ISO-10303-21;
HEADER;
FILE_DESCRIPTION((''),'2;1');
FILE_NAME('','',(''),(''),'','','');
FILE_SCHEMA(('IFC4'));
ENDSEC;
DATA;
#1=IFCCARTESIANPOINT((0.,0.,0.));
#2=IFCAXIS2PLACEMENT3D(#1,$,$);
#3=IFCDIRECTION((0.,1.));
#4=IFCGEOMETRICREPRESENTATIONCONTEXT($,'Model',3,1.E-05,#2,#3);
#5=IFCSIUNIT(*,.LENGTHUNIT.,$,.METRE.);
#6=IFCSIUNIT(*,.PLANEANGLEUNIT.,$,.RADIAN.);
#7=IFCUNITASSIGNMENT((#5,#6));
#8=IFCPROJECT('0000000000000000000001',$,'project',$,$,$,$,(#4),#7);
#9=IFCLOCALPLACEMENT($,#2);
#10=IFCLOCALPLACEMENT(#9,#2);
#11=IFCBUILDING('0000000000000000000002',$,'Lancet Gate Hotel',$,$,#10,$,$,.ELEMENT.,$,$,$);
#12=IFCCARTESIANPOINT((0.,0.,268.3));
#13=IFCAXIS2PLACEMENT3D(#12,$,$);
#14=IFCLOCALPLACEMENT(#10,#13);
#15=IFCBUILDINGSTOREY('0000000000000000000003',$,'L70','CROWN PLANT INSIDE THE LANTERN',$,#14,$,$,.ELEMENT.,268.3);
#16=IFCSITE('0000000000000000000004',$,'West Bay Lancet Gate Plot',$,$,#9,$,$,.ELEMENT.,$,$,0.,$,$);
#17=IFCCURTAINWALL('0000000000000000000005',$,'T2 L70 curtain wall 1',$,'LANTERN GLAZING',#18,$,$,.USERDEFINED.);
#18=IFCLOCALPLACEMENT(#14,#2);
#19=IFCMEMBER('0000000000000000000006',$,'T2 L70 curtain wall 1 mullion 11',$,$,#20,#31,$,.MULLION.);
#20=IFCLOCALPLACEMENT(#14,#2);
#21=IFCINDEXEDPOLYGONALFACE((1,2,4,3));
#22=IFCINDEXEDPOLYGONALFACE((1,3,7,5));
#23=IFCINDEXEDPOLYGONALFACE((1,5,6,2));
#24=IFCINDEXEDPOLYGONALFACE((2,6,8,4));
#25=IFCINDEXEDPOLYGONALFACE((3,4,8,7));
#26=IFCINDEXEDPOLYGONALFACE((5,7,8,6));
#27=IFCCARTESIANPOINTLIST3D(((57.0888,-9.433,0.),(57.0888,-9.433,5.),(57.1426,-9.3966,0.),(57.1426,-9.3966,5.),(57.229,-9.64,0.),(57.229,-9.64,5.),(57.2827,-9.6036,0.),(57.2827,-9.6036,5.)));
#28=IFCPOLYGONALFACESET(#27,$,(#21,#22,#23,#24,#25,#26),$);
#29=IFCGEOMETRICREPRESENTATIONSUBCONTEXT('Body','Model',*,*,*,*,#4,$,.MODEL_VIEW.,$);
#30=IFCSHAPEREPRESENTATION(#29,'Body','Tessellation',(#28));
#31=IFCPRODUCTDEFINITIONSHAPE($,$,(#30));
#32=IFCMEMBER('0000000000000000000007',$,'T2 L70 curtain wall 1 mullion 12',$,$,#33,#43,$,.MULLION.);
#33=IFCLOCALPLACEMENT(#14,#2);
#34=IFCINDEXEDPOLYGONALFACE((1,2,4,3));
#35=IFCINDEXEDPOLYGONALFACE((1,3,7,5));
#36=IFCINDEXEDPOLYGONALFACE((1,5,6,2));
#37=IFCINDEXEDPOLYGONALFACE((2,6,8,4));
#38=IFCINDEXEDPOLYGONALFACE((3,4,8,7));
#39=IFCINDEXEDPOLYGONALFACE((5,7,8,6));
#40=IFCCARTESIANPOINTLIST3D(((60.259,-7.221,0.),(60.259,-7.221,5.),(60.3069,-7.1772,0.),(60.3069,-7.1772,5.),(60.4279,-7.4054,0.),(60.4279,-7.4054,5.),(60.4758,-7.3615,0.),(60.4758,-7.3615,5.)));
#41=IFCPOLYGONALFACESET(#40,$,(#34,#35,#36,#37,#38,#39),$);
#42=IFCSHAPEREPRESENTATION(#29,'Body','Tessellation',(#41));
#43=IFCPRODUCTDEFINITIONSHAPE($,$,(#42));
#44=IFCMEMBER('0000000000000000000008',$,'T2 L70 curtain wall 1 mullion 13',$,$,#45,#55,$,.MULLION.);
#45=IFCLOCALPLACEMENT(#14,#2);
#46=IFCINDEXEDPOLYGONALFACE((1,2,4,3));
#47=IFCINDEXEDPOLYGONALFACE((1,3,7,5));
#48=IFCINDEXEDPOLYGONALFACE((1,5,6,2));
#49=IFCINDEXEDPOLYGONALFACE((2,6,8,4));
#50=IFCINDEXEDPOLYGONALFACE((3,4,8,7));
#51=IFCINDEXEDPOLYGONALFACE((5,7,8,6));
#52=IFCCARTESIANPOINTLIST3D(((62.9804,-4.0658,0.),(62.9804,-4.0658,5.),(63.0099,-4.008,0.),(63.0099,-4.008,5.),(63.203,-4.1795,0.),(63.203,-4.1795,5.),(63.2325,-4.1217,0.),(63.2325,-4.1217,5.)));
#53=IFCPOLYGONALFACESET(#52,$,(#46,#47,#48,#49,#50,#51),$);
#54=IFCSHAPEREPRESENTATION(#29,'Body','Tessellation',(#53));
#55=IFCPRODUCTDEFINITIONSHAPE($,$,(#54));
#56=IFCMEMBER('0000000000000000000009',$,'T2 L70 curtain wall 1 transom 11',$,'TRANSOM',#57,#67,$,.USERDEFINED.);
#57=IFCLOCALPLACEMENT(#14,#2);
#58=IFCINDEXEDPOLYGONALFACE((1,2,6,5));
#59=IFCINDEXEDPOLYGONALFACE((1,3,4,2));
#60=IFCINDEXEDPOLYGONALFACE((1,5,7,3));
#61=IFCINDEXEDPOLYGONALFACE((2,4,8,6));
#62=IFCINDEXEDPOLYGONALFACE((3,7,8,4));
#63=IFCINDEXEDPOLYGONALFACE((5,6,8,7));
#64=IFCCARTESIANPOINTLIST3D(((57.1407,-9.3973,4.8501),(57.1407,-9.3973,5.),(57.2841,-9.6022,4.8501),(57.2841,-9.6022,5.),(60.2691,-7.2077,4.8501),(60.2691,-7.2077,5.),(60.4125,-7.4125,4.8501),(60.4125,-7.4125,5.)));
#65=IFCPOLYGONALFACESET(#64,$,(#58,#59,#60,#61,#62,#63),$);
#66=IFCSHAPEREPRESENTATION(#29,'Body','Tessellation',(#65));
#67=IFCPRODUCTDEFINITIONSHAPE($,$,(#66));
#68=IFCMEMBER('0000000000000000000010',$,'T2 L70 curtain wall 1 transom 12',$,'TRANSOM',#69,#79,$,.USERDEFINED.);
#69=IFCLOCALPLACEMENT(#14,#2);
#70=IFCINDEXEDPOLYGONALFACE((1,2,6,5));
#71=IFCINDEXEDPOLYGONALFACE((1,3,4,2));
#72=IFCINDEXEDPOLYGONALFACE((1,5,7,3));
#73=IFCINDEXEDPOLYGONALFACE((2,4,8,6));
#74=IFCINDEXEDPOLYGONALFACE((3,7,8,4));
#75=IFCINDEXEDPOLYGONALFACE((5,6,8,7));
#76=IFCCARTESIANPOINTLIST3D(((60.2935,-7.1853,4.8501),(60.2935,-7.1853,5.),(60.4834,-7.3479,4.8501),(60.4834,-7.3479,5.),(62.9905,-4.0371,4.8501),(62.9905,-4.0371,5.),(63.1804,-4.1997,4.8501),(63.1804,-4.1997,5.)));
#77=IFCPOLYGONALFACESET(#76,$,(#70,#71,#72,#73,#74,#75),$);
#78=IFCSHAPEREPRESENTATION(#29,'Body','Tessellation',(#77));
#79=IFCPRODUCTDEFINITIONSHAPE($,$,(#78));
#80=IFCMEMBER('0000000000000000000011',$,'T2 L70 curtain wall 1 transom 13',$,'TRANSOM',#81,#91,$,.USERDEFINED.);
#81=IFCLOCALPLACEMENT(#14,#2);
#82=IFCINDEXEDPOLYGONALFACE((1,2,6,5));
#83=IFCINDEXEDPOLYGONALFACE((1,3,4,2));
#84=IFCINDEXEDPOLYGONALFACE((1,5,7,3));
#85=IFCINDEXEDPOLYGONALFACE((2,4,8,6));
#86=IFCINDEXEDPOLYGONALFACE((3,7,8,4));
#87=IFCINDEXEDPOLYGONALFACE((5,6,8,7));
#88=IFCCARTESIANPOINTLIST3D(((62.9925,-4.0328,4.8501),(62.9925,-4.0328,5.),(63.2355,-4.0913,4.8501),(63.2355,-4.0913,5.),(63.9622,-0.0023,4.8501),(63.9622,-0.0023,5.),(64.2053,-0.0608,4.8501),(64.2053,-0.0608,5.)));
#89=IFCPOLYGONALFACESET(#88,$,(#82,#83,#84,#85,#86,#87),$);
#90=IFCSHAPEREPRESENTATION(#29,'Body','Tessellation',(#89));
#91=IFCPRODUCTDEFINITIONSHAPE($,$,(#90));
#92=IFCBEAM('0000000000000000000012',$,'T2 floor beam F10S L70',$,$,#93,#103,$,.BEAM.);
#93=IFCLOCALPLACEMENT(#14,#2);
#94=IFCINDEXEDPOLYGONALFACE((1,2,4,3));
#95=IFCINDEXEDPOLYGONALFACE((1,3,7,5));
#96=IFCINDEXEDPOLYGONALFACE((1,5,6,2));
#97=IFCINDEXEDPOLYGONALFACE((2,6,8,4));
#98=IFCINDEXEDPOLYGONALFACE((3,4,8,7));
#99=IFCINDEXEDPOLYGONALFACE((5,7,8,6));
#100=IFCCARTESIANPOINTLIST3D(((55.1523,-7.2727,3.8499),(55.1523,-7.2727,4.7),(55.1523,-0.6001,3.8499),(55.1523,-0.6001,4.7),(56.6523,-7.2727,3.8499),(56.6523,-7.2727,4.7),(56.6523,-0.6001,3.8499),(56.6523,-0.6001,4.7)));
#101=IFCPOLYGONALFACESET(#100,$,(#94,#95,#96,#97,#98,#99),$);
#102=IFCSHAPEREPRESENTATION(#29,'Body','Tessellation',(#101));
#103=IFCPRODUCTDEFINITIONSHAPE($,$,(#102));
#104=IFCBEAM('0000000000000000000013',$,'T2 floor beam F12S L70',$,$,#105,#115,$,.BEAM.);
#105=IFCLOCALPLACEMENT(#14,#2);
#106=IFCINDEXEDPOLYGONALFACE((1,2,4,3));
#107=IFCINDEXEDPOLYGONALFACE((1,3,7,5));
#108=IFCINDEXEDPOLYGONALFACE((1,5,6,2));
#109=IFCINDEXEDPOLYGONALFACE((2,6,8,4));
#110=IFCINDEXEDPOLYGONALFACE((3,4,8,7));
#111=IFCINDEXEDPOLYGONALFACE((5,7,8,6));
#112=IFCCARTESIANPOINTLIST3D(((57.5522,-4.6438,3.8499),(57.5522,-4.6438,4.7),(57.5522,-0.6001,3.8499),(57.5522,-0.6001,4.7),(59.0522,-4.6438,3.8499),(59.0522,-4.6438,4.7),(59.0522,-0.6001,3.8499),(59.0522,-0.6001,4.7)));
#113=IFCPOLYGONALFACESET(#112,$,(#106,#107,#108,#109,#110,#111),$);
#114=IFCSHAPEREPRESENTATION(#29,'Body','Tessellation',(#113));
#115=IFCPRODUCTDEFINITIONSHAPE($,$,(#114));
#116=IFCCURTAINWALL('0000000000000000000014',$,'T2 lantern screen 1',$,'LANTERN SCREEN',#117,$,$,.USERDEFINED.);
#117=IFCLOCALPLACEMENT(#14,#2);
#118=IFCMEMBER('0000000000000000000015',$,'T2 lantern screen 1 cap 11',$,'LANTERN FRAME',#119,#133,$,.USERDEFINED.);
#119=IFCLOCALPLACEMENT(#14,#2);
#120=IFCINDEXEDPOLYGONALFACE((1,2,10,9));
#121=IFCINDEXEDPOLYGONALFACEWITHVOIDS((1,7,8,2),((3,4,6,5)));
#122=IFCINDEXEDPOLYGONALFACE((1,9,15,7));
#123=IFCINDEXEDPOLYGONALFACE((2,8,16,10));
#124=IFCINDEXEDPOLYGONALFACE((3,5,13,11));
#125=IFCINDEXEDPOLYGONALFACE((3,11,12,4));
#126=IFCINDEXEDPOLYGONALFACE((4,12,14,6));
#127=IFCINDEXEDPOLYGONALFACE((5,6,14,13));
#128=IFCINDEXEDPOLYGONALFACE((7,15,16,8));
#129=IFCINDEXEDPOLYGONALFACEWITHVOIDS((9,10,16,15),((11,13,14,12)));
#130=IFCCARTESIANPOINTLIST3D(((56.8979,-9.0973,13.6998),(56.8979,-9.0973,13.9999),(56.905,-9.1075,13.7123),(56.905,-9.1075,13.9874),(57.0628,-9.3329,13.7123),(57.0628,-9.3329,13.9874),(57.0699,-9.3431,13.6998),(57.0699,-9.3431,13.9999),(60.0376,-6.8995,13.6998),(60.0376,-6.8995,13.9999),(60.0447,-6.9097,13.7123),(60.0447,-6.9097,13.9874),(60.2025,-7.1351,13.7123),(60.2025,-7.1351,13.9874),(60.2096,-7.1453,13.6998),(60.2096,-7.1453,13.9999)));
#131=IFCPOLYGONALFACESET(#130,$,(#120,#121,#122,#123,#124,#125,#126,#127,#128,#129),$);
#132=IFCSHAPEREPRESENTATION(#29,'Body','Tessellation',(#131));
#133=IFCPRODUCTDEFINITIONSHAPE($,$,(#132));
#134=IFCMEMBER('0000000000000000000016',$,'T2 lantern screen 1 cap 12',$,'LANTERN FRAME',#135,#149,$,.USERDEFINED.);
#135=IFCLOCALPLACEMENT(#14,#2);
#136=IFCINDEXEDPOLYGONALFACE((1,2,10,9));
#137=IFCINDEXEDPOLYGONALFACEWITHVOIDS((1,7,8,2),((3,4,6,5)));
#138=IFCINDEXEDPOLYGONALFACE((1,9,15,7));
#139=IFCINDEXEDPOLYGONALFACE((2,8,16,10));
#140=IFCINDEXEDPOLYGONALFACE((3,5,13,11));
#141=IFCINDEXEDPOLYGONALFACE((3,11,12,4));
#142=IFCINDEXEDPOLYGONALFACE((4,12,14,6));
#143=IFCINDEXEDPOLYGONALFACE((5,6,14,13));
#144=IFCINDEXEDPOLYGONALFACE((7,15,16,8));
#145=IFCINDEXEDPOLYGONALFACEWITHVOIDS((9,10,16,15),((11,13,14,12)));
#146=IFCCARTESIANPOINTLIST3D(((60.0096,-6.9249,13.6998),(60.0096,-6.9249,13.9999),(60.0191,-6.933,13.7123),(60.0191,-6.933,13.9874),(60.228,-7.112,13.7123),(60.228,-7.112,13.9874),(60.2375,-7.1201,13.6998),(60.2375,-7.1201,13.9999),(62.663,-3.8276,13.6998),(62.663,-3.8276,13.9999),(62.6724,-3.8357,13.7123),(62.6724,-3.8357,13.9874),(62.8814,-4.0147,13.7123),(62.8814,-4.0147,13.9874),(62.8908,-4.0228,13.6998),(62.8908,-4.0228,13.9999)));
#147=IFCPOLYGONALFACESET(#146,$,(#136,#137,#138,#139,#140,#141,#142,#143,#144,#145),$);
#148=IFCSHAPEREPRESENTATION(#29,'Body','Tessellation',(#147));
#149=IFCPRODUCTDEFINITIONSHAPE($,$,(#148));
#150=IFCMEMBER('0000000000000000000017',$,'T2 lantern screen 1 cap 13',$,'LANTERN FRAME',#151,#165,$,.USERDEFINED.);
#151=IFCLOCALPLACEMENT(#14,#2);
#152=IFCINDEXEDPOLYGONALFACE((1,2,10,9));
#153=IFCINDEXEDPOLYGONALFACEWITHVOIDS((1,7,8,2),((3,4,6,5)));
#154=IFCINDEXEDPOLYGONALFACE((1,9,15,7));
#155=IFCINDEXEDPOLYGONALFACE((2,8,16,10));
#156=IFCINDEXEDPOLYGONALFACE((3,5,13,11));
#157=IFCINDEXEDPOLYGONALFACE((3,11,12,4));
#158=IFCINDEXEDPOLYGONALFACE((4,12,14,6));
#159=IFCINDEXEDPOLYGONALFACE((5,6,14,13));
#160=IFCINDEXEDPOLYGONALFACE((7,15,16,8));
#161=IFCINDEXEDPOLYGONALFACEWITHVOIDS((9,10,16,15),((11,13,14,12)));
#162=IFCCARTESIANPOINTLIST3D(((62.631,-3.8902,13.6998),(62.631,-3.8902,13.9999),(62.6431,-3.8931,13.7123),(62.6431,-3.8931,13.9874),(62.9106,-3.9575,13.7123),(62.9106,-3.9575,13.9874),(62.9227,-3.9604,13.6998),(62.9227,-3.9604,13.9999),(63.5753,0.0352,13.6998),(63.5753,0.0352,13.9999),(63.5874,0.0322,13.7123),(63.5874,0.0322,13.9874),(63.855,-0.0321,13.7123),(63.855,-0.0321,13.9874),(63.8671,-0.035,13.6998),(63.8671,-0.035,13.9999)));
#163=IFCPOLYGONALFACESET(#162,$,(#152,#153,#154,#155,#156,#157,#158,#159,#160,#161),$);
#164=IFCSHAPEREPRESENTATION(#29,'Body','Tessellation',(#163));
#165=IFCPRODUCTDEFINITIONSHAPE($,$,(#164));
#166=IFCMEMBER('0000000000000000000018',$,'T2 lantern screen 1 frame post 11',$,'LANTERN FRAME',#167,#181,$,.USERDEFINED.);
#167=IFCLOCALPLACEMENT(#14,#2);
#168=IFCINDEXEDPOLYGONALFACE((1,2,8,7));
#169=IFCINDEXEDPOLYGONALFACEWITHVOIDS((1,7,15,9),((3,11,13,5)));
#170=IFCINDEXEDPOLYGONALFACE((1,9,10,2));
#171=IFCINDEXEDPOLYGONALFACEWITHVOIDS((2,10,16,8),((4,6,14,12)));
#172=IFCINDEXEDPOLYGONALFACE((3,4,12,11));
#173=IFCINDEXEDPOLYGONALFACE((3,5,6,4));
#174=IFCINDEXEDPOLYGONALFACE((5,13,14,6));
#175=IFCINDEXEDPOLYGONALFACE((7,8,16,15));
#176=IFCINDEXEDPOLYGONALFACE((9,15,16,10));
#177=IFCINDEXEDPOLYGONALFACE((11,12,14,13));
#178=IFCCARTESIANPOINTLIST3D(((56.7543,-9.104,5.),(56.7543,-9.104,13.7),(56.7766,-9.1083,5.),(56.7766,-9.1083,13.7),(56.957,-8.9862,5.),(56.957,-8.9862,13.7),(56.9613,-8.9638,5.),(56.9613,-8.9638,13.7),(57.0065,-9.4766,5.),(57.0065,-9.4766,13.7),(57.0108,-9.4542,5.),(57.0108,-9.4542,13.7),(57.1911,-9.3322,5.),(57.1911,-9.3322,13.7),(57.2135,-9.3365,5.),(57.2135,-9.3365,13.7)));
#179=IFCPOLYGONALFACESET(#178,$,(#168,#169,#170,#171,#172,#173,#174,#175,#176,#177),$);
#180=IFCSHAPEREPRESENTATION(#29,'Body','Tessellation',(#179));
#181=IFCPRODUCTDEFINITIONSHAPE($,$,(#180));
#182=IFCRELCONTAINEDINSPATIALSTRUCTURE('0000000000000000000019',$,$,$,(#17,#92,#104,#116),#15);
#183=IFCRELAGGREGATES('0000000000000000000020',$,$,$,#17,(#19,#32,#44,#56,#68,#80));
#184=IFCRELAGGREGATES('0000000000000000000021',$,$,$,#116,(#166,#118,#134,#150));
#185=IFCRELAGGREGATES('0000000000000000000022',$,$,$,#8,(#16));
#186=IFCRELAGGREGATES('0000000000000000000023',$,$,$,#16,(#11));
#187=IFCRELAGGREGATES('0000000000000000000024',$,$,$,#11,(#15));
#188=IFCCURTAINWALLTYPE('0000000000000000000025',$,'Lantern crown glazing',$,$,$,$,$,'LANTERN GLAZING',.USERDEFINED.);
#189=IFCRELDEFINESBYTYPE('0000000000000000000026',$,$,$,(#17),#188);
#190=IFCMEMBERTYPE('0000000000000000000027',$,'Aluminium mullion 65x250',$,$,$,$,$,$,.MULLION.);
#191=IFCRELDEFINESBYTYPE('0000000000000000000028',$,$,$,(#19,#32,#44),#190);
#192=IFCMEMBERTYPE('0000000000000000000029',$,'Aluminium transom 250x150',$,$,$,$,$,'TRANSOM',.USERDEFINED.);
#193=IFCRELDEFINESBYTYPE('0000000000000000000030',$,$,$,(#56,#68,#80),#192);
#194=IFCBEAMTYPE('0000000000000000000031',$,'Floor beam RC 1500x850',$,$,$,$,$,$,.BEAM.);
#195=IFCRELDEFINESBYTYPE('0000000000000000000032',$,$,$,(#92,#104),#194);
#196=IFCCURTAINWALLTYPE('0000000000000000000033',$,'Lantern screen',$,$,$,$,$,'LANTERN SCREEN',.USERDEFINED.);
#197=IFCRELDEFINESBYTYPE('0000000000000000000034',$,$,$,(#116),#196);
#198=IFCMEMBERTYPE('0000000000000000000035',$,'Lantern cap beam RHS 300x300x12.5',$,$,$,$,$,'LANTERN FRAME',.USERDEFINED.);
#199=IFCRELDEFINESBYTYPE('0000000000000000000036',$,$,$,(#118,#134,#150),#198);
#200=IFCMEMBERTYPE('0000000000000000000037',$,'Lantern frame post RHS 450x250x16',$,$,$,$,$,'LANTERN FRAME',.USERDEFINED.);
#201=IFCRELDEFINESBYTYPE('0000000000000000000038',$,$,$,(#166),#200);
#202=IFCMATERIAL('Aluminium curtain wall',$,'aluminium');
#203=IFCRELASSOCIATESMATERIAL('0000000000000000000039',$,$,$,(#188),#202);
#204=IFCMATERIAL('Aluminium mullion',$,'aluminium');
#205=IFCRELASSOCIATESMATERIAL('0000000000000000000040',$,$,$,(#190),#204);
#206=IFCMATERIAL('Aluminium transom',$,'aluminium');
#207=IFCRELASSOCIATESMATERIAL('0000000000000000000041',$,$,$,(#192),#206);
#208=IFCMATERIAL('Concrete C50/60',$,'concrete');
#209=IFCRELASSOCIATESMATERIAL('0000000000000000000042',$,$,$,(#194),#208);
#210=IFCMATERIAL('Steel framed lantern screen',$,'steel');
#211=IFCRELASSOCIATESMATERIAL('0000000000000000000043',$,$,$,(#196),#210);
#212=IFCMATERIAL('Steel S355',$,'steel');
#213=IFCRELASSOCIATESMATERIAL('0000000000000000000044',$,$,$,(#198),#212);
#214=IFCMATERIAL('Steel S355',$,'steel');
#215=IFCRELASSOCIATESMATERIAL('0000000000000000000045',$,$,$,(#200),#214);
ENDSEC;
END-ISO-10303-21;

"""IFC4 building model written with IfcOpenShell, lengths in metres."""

from ifc_helpers import new_model, si_unit, direction, frame, origin, origin_2d, place, context, subcontext, project, spatial, rectangle, hollow_rectangle, extrude, material, material_profile, profile_set, type_object, element, aggregate, save


model = new_model("IFC4")

# Units and contexts
model_context = context("Model", 3, precision=1e-05, world=origin(), true_north=direction((0.0, 1.0)))
body_context = subcontext(model_context, "Body", "Model", "MODEL_VIEW")
ifc_project = project(units=[si_unit("LENGTHUNIT", "METRE"), si_unit("PLANEANGLEUNIT", "RADIAN")], contexts=[model_context])

# Site, building, storey
site_placement = place(None, origin())
site = spatial("IfcSite", under=ifc_project, at=site_placement, Name="West Bay Lancet Gate Plot", CompositionType="ELEMENT", RefElevation=0.0)
building_placement = place(site_placement, origin())
building = spatial("IfcBuilding", under=site, at=building_placement, Name="Lancet Gate Hotel", CompositionType="ELEMENT")
storey_placement = place(building_placement, frame((0.0, 0.0, 268.3)))
storey = spatial("IfcBuildingStorey", under=building, at=storey_placement, Name="L70", Description="CROWN PLANT INSIDE THE LANTERN", CompositionType="ELEMENT", Elevation=268.3)

# Curtain wall, members
ifc_material_1 = material(Name="Aluminium curtain wall", Category="aluminium")
curtain_wall_type_1 = type_object("IfcCurtainWallType", Name="Lantern crown glazing", ElementType="LANTERN GLAZING", PredefinedType="USERDEFINED", material=ifc_material_1)
curtain_wall_1_placement = place(storey_placement, origin())
curtain_wall_1 = element("IfcCurtainWall", 1, at=curtain_wall_1_placement, inside=storey, type_object=curtain_wall_type_1, Name="T2 L70 curtain wall 1", ObjectType="LANTERN GLAZING", PredefinedType="USERDEFINED")
ifc_material_2 = material(Name="Aluminium mullion", Category="aluminium")
ifc_material_profile_1 = material_profile(ifc_material_2, rectangle(XDim=0.0649, YDim=0.25, at=origin_2d()), Name="MULLION 65x250")
ifc_profile_set_1 = profile_set([ifc_material_profile_1], Name="Aluminium mullion")
member_type_1 = type_object("IfcMemberType", Name="Aluminium mullion 65x250", PredefinedType="MULLION", material=ifc_profile_set_1)
member_1_placement = place(storey_placement, frame((57.1858, -9.5183, 0.0), z_axis=(0.0, 0.0, 1.0), x_axis=(0.828155, 0.5605, 0.0)))
member_1 = element("IfcMember", 2, at=member_1_placement, type_object=member_type_1, Name="T2 L70 curtain wall 1 mullion 11", PredefinedType="MULLION", context=body_context, shape_type="SweptSolid", body=[
    extrude(rectangle(XDim=0.0649, YDim=0.25, at=origin_2d()), origin(), (0.0, 0.0, 1.0), 5.0),
])
member_2_placement = place(storey_placement, frame((60.3674, -7.2913, 0.0), z_axis=(0.0, 0.0, 1.0), x_axis=(0.737323, 0.67554, 0.0)))
member_2 = element("IfcMember", 3, at=member_2_placement, type_object=member_type_1, Name="T2 L70 curtain wall 1 mullion 12", PredefinedType="MULLION", context=body_context, shape_type="SweptSolid", body=[
    extrude(rectangle(XDim=0.0649, YDim=0.25, at=origin_2d()), origin(), (0.0, 0.0, 1.0), 5.0),
])
member_3_placement = place(storey_placement, frame((63.1064, -4.0938, 0.0), z_axis=(0.0, 0.0, 1.0), x_axis=(0.454853, 0.890567, 0.0)))
member_3 = element("IfcMember", 4, at=member_3_placement, type_object=member_type_1, Name="T2 L70 curtain wall 1 mullion 13", PredefinedType="MULLION", context=body_context, shape_type="SweptSolid", body=[
    extrude(rectangle(XDim=0.0649, YDim=0.25, at=origin_2d()), origin(), (0.0, 0.0, 1.0), 5.0),
])
ifc_material_3 = material(Name="Aluminium transom", Category="aluminium")
ifc_material_profile_2 = material_profile(ifc_material_3, rectangle(XDim=0.25, YDim=0.1499, at=origin_2d()), Name="TRANSOM 250x150")
ifc_profile_set_2 = profile_set([ifc_material_profile_2], Name="Aluminium transom")
member_type_2 = type_object("IfcMemberType", Name="Aluminium transom 250x150", ElementType="TRANSOM", PredefinedType="USERDEFINED", material=ifc_profile_set_2)
member_4_placement = place(storey_placement, frame((57.2124, -9.4998, 4.925), z_axis=(0.819256, 0.573428, 0.0), x_axis=(-0.573428, 0.819256, 0.0)))
member_4 = element("IfcMember", 5, at=member_4_placement, type_object=member_type_2, Name="T2 L70 curtain wall 1 transom 11", ObjectType="TRANSOM", PredefinedType="USERDEFINED", context=body_context, shape_type="SweptSolid", body=[
    extrude(rectangle(XDim=0.25, YDim=0.1499, at=origin_2d()), origin(), (0.0, 0.0, 1.0), 3.8186),
])
member_5_placement = place(storey_placement, frame((60.3884, -7.2666, 4.925), z_axis=(0.650593, 0.759427, 0.0), x_axis=(-0.759427, 0.650593, 0.0)))
member_5 = element("IfcMember", 6, at=member_5_placement, type_object=member_type_2, Name="T2 L70 curtain wall 1 transom 12", ObjectType="TRANSOM", PredefinedType="USERDEFINED", context=body_context, shape_type="SweptSolid", body=[
    extrude(rectangle(XDim=0.25, YDim=0.1499, at=origin_2d()), origin(), (0.0, 0.0, 1.0), 4.1455),
])
member_6_placement = place(storey_placement, frame((63.114, -4.062, 4.925), z_axis=(0.233921, 0.972256, 0.0), x_axis=(-0.972256, 0.233921, 0.0)))
member_6 = element("IfcMember", 7, at=member_6_placement, type_object=member_type_2, Name="T2 L70 curtain wall 1 transom 13", ObjectType="TRANSOM", PredefinedType="USERDEFINED", context=body_context, shape_type="SweptSolid", body=[
    extrude(rectangle(XDim=0.25, YDim=0.1499, at=origin_2d()), origin(), (0.0, 0.0, 1.0), 4.1455),
])

# Beams
ifc_material_4 = material(Name="Concrete C50/60", Category="concrete")
ifc_material_profile_3 = material_profile(ifc_material_4, rectangle(XDim=1.5, YDim=0.8501, at=origin_2d()), Name="RC 1500x850")
ifc_profile_set_3 = profile_set([ifc_material_profile_3], Name="Concrete C50/60")
beam_type = type_object("IfcBeamType", Name="Floor beam RC 1500x850", PredefinedType="BEAM", material=ifc_profile_set_3)
beam_1_placement = place(storey_placement, frame((55.9023, -7.2727, 4.2749), z_axis=(0.0, 1.0, 0.0), x_axis=(-1.0, 0.0, 0.0)))
element("IfcBeam", 8, at=beam_1_placement, inside=storey, type_object=beam_type, Name="T2 floor beam F10S L70", PredefinedType="BEAM", context=body_context, shape_type="SweptSolid", body=[
    extrude(rectangle(XDim=1.5, YDim=0.8501, at=origin_2d()), origin(), (0.0, 0.0, 1.0), 6.6726),
])
beam_2_placement = place(storey_placement, frame((58.3022, -4.6438, 4.2749), z_axis=(0.0, 1.0, 0.0), x_axis=(-1.0, 0.0, 0.0)))
element("IfcBeam", 9, at=beam_2_placement, inside=storey, type_object=beam_type, Name="T2 floor beam F12S L70", PredefinedType="BEAM", context=body_context, shape_type="SweptSolid", body=[
    extrude(rectangle(XDim=1.5, YDim=0.8501, at=origin_2d()), origin(), (0.0, 0.0, 1.0), 4.0437),
])

# Curtain wall, members
ifc_material_5 = material(Name="Steel framed lantern screen", Category="steel")
curtain_wall_type_2 = type_object("IfcCurtainWallType", Name="Lantern screen", ElementType="LANTERN SCREEN", PredefinedType="USERDEFINED", material=ifc_material_5)
curtain_wall_2_placement = place(storey_placement, origin())
curtain_wall_2 = element("IfcCurtainWall", 10, at=curtain_wall_2_placement, inside=storey, type_object=curtain_wall_type_2, Name="T2 lantern screen 1", ObjectType="LANTERN SCREEN", PredefinedType="USERDEFINED")
ifc_material_6 = material(Name="Steel S355", Category="steel")
ifc_material_profile_4 = material_profile(ifc_material_6, hollow_rectangle(XDim=0.3, YDim=0.3, WallThickness=0.0125, at=origin_2d()), Name="RHS 300x300x12.5")
ifc_profile_set_4 = profile_set([ifc_material_profile_4], Name="Steel S355")
member_type_3 = type_object("IfcMemberType", Name="Lantern cap beam RHS 300x300x12.5", ElementType="LANTERN FRAME", PredefinedType="USERDEFINED", material=ifc_profile_set_4)
member_7_placement = place(storey_placement, frame((56.9839, -9.2202, 13.8499), z_axis=(0.819232, 0.573462, 0.0), x_axis=(-0.573462, 0.819232, 0.0)))
member_7 = element("IfcMember", 11, at=member_7_placement, type_object=member_type_3, Name="T2 lantern screen 1 cap 11", ObjectType="LANTERN FRAME", PredefinedType="USERDEFINED", context=body_context, shape_type="SweptSolid", body=[
    extrude(hollow_rectangle(XDim=0.3, YDim=0.3, WallThickness=0.0125, at=origin_2d()), origin(), (0.0, 0.0, 1.0), 3.8325),
])
member_8_placement = place(storey_placement, frame((60.1235, -7.0225, 13.8499), z_axis=(0.650594, 0.759426, 0.0), x_axis=(-0.759426, 0.650594, 0.0)))
member_8 = element("IfcMember", 12, at=member_8_placement, type_object=member_type_3, Name="T2 lantern screen 1 cap 12", ObjectType="LANTERN FRAME", PredefinedType="USERDEFINED", context=body_context, shape_type="SweptSolid", body=[
    extrude(hollow_rectangle(XDim=0.3, YDim=0.3, WallThickness=0.0125, at=origin_2d()), origin(), (0.0, 0.0, 1.0), 4.0784),
])
member_9_placement = place(storey_placement, frame((62.7769, -3.9253, 13.8499), z_axis=(0.233904, 0.97226, 0.0), x_axis=(-0.97226, 0.233904, 0.0)))
member_9 = element("IfcMember", 13, at=member_9_placement, type_object=member_type_3, Name="T2 lantern screen 1 cap 13", ObjectType="LANTERN FRAME", PredefinedType="USERDEFINED", context=body_context, shape_type="SweptSolid", body=[
    extrude(hollow_rectangle(XDim=0.3, YDim=0.3, WallThickness=0.0125, at=origin_2d()), origin(), (0.0, 0.0, 1.0), 4.0374),
])
ifc_material_7 = material(Name="Steel S355", Category="steel")
ifc_material_profile_5 = material_profile(ifc_material_7, hollow_rectangle(XDim=0.25, YDim=0.45, WallThickness=0.0161, at=origin_2d()), Name="RHS 450x250x16")
ifc_profile_set_5 = profile_set([ifc_material_profile_5], Name="Steel S355")
member_type_4 = type_object("IfcMemberType", Name="Lantern frame post RHS 450x250x16", ElementType="LANTERN FRAME", PredefinedType="USERDEFINED", material=ifc_profile_set_5)
member_10_placement = place(storey_placement, frame((56.9839, -9.2202, 5.0), z_axis=(0.0, 0.0, 1.0), x_axis=(0.828155, 0.5605, 0.0)))
member_10 = element("IfcMember", 14, at=member_10_placement, type_object=member_type_4, Name="T2 lantern screen 1 frame post 11", ObjectType="LANTERN FRAME", PredefinedType="USERDEFINED", context=body_context, shape_type="SweptSolid", body=[
    extrude(hollow_rectangle(XDim=0.25, YDim=0.45, WallThickness=0.0161, at=origin_2d()), origin(), (0.0, 0.0, 1.0), 8.7),
])

aggregate(curtain_wall_1, [member_1, member_2, member_3, member_4, member_5, member_6])
aggregate(curtain_wall_2, [member_10, member_7, member_8, member_9])

save(model, "model.ifc")
